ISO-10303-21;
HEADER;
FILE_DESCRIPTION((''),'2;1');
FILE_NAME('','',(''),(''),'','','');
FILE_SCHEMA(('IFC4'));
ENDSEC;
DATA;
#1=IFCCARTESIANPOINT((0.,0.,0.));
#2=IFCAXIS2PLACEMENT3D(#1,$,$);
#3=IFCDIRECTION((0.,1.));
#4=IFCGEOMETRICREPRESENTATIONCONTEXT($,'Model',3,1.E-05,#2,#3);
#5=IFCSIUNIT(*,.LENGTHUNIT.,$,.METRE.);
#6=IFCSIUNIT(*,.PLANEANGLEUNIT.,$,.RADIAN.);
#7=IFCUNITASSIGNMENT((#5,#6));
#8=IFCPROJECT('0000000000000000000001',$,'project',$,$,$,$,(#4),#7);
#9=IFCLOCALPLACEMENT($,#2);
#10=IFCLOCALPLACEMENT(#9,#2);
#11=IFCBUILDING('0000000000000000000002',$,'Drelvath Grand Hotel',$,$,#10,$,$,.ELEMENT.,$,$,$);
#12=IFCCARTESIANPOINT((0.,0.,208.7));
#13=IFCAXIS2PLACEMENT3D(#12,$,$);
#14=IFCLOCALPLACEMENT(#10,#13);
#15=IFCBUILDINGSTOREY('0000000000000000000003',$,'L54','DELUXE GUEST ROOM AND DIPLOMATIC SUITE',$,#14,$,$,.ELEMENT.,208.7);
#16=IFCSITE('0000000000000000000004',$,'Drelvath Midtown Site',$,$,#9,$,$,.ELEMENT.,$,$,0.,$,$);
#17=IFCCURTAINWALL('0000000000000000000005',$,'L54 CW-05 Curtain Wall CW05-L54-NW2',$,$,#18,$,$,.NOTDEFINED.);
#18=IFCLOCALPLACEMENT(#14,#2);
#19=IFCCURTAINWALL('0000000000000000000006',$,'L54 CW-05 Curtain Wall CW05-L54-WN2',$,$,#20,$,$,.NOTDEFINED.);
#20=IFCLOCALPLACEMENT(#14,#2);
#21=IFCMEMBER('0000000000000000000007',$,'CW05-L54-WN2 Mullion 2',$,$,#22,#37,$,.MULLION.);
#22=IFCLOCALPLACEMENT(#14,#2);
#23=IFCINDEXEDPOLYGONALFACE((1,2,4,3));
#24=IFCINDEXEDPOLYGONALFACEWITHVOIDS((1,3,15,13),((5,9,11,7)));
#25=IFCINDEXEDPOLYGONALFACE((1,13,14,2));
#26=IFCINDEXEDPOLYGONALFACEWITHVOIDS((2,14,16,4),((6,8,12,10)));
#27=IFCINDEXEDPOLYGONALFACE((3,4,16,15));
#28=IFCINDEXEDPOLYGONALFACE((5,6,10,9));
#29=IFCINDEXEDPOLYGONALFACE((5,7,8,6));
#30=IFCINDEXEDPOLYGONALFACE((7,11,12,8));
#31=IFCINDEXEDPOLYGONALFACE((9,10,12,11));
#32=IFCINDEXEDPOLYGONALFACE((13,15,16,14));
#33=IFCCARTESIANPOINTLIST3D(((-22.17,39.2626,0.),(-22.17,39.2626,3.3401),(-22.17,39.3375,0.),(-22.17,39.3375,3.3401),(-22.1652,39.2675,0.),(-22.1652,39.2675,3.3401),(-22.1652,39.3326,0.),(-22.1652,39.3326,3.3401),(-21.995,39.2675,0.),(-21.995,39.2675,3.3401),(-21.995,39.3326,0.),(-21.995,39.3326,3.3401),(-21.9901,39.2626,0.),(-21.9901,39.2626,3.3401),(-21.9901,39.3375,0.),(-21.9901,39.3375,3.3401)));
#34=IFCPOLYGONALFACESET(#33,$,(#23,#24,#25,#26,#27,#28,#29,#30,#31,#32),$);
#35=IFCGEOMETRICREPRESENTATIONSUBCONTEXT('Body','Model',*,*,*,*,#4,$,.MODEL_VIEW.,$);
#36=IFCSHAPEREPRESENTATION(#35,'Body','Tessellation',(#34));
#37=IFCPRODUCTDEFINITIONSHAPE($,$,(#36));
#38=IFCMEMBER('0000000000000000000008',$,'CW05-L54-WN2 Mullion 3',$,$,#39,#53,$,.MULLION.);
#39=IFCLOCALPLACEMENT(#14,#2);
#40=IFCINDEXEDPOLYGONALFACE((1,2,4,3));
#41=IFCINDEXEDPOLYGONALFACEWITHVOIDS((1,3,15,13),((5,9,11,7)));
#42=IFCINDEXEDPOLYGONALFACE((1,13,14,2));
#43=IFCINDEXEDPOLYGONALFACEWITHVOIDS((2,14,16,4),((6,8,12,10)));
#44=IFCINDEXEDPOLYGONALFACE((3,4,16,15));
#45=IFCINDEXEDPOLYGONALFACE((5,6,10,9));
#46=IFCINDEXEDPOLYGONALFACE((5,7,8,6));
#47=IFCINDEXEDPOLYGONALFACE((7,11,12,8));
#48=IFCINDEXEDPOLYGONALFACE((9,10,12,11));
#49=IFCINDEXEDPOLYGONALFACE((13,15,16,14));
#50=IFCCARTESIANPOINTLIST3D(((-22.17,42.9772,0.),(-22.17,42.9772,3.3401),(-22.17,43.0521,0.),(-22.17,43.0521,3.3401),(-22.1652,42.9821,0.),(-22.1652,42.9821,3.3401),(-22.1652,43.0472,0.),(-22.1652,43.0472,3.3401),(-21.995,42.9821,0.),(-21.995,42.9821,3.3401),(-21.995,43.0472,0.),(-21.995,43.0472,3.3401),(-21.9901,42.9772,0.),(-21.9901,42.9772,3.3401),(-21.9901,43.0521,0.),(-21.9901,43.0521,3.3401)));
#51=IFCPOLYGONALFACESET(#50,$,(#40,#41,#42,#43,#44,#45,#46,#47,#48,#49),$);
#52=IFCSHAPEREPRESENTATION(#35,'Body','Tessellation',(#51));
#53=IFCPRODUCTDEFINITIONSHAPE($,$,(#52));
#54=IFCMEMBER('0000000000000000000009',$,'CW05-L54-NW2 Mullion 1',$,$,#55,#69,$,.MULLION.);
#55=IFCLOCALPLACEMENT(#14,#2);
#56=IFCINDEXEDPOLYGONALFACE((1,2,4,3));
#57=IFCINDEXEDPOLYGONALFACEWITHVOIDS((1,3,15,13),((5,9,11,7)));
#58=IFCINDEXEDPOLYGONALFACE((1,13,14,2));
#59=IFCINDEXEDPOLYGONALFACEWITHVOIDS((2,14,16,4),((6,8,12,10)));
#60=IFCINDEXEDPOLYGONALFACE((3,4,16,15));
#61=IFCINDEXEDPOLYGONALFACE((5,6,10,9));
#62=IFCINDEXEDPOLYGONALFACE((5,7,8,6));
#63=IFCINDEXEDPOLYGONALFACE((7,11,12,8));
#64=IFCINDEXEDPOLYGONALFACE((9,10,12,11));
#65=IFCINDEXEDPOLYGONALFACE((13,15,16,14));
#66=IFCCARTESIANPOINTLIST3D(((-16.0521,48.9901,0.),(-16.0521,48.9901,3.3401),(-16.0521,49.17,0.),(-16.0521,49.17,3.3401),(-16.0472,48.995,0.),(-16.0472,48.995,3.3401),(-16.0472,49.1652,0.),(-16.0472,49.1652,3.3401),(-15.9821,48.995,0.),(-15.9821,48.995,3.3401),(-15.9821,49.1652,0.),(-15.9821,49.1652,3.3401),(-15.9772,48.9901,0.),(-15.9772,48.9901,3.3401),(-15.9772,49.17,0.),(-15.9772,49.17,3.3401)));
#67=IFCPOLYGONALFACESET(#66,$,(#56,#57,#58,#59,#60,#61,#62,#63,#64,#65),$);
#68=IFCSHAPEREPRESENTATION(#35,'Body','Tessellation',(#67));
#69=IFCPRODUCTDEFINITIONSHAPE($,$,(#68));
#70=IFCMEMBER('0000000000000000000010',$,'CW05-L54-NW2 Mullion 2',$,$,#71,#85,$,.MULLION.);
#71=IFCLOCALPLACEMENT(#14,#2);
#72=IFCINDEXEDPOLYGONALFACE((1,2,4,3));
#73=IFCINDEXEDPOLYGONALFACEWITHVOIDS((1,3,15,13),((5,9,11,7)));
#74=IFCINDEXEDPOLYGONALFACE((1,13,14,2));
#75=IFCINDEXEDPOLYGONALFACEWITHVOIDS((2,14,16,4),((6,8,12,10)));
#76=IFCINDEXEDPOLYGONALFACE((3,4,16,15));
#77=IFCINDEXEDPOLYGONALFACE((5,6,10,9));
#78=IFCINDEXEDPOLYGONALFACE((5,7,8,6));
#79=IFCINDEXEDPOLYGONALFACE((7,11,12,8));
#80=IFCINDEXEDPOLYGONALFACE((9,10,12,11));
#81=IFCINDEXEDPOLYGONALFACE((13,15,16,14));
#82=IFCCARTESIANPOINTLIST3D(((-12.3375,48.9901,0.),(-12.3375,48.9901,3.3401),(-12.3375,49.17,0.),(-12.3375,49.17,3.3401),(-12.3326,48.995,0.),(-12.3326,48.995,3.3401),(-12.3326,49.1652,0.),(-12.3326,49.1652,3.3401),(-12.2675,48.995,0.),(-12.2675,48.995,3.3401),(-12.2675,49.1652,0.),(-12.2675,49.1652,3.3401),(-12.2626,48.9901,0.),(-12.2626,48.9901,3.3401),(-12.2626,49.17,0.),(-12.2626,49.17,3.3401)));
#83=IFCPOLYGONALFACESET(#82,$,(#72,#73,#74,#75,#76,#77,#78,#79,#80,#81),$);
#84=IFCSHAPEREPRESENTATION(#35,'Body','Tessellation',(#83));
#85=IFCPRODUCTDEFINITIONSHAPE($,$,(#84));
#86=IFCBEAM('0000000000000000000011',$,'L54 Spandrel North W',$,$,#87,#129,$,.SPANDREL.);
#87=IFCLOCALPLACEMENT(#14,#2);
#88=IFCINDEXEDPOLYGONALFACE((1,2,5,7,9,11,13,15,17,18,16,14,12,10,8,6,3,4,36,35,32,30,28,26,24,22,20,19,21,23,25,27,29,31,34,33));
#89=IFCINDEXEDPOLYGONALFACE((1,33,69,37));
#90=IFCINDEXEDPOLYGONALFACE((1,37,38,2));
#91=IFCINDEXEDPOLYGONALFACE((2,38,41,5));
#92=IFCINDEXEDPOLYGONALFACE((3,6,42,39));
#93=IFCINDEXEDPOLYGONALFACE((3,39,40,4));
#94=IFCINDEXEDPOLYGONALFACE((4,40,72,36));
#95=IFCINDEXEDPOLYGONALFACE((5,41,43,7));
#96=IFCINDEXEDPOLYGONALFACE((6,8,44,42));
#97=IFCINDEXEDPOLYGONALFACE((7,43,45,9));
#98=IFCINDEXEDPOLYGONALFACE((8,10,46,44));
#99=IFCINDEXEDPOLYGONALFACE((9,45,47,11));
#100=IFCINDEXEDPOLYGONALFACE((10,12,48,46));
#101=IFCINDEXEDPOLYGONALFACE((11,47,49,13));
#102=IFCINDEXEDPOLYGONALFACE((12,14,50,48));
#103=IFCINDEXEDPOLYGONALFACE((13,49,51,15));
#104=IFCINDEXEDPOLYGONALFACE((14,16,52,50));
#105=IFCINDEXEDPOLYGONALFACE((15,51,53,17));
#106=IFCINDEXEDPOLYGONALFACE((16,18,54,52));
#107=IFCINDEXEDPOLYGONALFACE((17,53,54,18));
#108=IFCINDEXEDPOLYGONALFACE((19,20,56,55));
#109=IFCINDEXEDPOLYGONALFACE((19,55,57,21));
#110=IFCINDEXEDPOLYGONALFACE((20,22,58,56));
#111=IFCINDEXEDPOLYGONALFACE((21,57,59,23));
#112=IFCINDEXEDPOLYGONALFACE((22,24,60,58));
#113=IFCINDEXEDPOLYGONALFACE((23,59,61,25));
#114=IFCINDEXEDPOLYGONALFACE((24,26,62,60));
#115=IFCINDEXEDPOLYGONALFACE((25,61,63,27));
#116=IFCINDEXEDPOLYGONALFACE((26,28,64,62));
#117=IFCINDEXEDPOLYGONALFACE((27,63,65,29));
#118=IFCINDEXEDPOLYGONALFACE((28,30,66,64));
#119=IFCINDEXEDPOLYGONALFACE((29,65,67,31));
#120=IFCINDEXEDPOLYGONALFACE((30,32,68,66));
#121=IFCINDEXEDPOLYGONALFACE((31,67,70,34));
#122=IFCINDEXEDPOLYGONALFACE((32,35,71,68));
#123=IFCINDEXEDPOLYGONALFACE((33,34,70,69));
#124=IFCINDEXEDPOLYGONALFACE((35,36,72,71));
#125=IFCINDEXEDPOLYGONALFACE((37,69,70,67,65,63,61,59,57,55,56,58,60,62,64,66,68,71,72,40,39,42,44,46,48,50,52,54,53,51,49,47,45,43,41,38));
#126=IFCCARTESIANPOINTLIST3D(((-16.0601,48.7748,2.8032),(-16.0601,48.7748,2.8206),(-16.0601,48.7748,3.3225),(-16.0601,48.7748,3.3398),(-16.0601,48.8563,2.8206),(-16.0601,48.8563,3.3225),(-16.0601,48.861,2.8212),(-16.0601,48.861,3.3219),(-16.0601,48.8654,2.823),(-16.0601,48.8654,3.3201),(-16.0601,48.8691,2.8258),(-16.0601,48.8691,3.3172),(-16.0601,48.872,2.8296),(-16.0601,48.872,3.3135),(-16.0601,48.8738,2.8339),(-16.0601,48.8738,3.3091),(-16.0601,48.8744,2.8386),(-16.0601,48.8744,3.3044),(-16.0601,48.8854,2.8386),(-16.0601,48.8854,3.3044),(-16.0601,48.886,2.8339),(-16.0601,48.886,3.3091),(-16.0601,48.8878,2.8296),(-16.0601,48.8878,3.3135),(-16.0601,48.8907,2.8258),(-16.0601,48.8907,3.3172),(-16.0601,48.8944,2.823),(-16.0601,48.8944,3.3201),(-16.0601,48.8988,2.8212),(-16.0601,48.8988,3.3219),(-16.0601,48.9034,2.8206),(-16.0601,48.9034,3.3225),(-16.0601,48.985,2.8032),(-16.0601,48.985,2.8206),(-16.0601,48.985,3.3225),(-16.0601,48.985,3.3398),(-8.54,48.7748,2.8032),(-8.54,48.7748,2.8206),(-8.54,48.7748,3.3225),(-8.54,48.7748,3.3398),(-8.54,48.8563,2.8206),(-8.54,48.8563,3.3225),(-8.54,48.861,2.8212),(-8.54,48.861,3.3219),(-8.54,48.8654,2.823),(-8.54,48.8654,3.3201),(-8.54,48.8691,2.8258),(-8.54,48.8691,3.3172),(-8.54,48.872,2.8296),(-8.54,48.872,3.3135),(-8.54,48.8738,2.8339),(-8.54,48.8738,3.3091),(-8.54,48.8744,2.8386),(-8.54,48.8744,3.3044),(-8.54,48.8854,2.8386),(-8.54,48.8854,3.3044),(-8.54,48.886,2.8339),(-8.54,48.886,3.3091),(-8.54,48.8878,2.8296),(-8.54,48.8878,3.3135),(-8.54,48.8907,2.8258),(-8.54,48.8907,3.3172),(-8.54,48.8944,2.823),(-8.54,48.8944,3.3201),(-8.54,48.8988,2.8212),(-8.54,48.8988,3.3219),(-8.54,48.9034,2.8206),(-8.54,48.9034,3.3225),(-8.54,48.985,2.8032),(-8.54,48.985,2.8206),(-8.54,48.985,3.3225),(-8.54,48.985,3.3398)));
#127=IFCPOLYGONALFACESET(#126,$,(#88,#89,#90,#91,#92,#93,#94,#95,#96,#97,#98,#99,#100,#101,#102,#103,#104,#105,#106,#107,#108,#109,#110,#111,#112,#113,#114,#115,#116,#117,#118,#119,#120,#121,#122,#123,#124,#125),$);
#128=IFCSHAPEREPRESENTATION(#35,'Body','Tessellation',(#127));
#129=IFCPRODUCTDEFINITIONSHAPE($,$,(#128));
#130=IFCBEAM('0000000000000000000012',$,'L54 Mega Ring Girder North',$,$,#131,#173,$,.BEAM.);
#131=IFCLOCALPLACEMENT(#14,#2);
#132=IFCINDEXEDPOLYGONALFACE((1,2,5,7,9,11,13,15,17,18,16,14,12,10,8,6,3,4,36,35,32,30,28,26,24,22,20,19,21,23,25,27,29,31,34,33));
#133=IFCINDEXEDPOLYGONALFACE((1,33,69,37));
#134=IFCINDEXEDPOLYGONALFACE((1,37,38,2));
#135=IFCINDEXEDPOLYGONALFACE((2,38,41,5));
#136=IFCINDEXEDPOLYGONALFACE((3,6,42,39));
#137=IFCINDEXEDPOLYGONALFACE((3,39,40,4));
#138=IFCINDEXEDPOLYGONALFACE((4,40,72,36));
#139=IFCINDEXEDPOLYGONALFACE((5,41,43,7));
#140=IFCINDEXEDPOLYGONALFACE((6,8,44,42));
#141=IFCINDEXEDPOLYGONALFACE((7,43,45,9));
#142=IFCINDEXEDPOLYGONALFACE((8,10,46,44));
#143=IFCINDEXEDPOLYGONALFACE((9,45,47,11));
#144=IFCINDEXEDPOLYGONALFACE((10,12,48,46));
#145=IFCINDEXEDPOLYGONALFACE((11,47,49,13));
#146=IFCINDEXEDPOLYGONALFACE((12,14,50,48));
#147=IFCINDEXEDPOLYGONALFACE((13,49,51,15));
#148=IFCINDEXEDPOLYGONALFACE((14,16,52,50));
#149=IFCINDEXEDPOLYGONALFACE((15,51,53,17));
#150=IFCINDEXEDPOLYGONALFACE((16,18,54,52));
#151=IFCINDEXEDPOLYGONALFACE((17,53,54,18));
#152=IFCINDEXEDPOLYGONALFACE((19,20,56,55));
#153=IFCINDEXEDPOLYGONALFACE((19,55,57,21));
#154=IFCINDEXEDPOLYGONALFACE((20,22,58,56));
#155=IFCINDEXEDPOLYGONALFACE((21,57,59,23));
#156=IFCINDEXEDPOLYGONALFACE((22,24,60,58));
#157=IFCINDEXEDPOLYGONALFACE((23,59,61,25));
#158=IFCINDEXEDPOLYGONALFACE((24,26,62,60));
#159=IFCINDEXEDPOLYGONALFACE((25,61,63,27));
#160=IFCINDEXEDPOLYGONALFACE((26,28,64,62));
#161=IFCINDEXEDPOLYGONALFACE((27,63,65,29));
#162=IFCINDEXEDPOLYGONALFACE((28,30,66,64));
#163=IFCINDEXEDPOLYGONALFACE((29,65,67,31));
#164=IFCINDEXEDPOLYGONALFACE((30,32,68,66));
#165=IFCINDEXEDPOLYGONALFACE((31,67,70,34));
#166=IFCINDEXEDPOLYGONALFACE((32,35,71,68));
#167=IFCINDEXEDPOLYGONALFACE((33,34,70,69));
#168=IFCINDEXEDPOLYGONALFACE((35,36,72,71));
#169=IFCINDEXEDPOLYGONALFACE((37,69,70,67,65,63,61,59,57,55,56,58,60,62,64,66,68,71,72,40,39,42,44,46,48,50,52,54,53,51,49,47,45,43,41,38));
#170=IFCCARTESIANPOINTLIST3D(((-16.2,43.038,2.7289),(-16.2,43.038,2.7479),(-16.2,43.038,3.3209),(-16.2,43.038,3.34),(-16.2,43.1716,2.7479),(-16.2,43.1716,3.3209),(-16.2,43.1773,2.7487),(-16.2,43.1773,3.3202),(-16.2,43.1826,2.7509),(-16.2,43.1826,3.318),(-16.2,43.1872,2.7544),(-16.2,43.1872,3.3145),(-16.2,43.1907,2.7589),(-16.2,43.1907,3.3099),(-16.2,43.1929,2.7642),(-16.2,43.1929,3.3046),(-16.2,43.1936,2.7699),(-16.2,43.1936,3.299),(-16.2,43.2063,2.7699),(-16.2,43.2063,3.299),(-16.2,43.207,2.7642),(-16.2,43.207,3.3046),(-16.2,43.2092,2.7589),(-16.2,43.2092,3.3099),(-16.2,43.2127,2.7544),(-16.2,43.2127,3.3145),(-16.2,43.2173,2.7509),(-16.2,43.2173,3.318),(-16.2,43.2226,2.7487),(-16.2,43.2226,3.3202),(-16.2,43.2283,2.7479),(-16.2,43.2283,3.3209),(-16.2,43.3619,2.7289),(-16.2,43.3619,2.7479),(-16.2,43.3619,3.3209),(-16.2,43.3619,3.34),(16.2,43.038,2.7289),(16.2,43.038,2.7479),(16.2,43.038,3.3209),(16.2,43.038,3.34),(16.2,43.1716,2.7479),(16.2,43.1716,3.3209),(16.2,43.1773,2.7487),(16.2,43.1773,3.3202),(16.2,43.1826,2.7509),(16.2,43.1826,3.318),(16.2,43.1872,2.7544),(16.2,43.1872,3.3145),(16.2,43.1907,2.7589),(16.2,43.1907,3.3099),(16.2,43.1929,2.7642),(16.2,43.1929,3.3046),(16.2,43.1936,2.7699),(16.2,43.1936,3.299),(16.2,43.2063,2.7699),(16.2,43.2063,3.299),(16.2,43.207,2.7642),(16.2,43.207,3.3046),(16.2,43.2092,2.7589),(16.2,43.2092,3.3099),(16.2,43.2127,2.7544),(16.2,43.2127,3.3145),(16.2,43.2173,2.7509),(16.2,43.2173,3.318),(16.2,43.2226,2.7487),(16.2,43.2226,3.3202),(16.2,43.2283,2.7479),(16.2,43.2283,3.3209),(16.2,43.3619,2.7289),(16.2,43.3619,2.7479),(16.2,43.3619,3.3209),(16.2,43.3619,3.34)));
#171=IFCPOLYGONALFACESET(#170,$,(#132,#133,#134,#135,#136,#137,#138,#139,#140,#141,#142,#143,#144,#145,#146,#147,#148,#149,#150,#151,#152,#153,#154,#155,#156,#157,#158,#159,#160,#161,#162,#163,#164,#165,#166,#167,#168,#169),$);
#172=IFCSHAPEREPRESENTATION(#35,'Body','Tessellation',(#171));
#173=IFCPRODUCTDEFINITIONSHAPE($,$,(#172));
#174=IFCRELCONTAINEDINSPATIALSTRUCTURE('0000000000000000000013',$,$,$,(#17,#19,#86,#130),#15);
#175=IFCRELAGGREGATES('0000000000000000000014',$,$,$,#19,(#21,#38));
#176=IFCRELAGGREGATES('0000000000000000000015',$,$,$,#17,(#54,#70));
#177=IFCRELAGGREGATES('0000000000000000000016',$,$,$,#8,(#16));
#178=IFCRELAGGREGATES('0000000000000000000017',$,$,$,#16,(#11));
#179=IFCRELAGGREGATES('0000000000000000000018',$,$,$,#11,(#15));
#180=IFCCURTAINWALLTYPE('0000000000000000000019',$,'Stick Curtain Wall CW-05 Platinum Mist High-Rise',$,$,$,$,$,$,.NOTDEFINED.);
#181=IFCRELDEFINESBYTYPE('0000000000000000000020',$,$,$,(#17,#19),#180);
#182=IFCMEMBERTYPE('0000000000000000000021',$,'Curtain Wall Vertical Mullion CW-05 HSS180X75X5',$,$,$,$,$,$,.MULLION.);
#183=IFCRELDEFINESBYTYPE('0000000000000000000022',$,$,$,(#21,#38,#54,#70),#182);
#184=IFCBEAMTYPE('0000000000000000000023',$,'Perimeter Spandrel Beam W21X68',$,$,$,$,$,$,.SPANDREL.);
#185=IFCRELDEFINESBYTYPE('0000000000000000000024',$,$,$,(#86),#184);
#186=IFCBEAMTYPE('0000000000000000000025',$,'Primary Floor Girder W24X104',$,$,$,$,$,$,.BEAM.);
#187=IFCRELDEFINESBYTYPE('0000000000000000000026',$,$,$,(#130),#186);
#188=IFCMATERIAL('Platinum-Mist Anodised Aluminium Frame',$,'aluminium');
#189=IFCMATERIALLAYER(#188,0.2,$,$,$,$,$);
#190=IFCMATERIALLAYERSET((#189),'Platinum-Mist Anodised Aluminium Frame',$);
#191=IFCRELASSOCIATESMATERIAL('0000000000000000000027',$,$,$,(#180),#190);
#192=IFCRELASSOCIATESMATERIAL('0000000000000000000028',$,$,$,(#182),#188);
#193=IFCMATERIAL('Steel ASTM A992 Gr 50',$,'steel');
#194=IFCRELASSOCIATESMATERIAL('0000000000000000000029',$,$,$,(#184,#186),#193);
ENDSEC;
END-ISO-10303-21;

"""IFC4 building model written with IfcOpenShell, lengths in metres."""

from ifc_helpers import new_model, si_unit, direction, frame, origin, origin_2d, place, context, subcontext, project, spatial, hollow_rectangle, i_section, extrude, material, layer, layer_set, material_profile, profile_set, type_object, element, aggregate, save


model = new_model("IFC4")

# Units and contexts
model_context = context("Model", 3, precision=1e-05, world=origin(), true_north=direction((0.0, 1.0)))
body_context = subcontext(model_context, "Body", "Model", "MODEL_VIEW")
ifc_project = project(units=[si_unit("LENGTHUNIT", "METRE"), si_unit("PLANEANGLEUNIT", "RADIAN")], contexts=[model_context])

# Site, building, storey
site_placement = place(None, origin())
site = spatial("IfcSite", under=ifc_project, at=site_placement, Name="Drelvath Midtown Site", CompositionType="ELEMENT", RefElevation=0.0)
building_placement = place(site_placement, origin())
building = spatial("IfcBuilding", under=site, at=building_placement, Name="Drelvath Grand Hotel", CompositionType="ELEMENT")
storey_placement = place(building_placement, frame((0.0, 0.0, 208.7)))
storey = spatial("IfcBuildingStorey", under=building, at=storey_placement, Name="L54", Description="DELUXE GUEST ROOM AND DIPLOMATIC SUITE", CompositionType="ELEMENT", Elevation=208.7)

# Shared definitions
ifc_material_1 = material(Name="Steel ASTM A992 Gr 50", Category="steel")

# Curtain wall
ifc_material_2 = material(Name="Platinum-Mist Anodised Aluminium Frame", Category="aluminium")
ifc_layer_1 = layer(ifc_material_2, 0.2)
ifc_layer_set_1 = layer_set([ifc_layer_1], Name="Platinum-Mist Anodised Aluminium Frame")
curtain_wall_type = type_object("IfcCurtainWallType", Name="Stick Curtain Wall CW-05 Platinum Mist High-Rise", PredefinedType="NOTDEFINED", material=ifc_layer_set_1)
curtain_wall_1_placement = place(storey_placement, origin())
curtain_wall_1 = element("IfcCurtainWall", 1, at=curtain_wall_1_placement, inside=storey, type_object=curtain_wall_type, Name="L54 CW-05 Curtain Wall CW05-L54-NW2", PredefinedType="NOTDEFINED")

# Curtain wall, members
curtain_wall_2_placement = place(storey_placement, origin())
curtain_wall_2 = element("IfcCurtainWall", 2, at=curtain_wall_2_placement, inside=storey, type_object=curtain_wall_type, Name="L54 CW-05 Curtain Wall CW05-L54-WN2", PredefinedType="NOTDEFINED")
ifc_material_profile_1 = material_profile(ifc_material_2, hollow_rectangle(XDim=0.075, YDim=0.1799, WallThickness=0.0049, at=origin_2d()), Name="HSS180X75X5")
ifc_profile_set_1 = profile_set([ifc_material_profile_1], Name="Platinum-Mist Anodised Aluminium Frame")
member_type_1 = type_object("IfcMemberType", Name="Curtain Wall Vertical Mullion CW-05 HSS180X75X5", PredefinedType="MULLION", material=ifc_profile_set_1)
member_1_placement = place(storey_placement, frame((-22.0801, 39.3, 0.0), z_axis=(0.0, 0.0, 1.0), x_axis=(0.0, 1.0, 0.0)))
member_1 = element("IfcMember", 3, at=member_1_placement, type_object=member_type_1, Name="CW05-L54-WN2 Mullion 2", PredefinedType="MULLION", context=body_context, shape_type="SweptSolid", body=[
    extrude(hollow_rectangle(XDim=0.075, YDim=0.1799, WallThickness=0.0049, at=origin_2d()), origin(), (0.0, 0.0, 1.0), 3.3401),
])
member_2_placement = place(storey_placement, frame((-22.0801, 43.0146, 0.0), z_axis=(0.0, 0.0, 1.0), x_axis=(0.0, 1.0, 0.0)))
member_2 = element("IfcMember", 4, at=member_2_placement, type_object=member_type_1, Name="CW05-L54-WN2 Mullion 3", PredefinedType="MULLION", context=body_context, shape_type="SweptSolid", body=[
    extrude(hollow_rectangle(XDim=0.075, YDim=0.1799, WallThickness=0.0049, at=origin_2d()), origin(), (0.0, 0.0, 1.0), 3.3401),
])

# Members
member_3_placement = place(storey_placement, frame((-16.0146, 49.0801, 0.0), z_axis=(0.0, 0.0, 1.0), x_axis=(1.0, 0.0, 0.0)))
member_3 = element("IfcMember", 5, at=member_3_placement, type_object=member_type_1, Name="CW05-L54-NW2 Mullion 1", PredefinedType="MULLION", context=body_context, shape_type="SweptSolid", body=[
    extrude(hollow_rectangle(XDim=0.075, YDim=0.1799, WallThickness=0.0049, at=origin_2d()), origin(), (0.0, 0.0, 1.0), 3.3401),
])
member_4_placement = place(storey_placement, frame((-12.3, 49.0801, 0.0), z_axis=(0.0, 0.0, 1.0), x_axis=(1.0, 0.0, 0.0)))
member_4 = element("IfcMember", 6, at=member_4_placement, type_object=member_type_1, Name="CW05-L54-NW2 Mullion 2", PredefinedType="MULLION", context=body_context, shape_type="SweptSolid", body=[
    extrude(hollow_rectangle(XDim=0.075, YDim=0.1799, WallThickness=0.0049, at=origin_2d()), origin(), (0.0, 0.0, 1.0), 3.3401),
])

# Beams
ifc_material_profile_2 = material_profile(ifc_material_1, i_section(OverallWidth=0.2102, OverallDepth=0.5366, WebThickness=0.011, FlangeThickness=0.0173, FilletRadius=0.0181, at=origin_2d()), Name="W21X68")
ifc_profile_set_2 = profile_set([ifc_material_profile_2], Name="Steel ASTM A992 Gr 50")
beam_type_1 = type_object("IfcBeamType", Name="Perimeter Spandrel Beam W21X68", PredefinedType="SPANDREL", material=ifc_profile_set_2)
beam_1_placement = place(storey_placement, frame((-16.0601, 48.8799, 3.0715), z_axis=(1.0, 0.0, 0.0), x_axis=(0.0, 1.0, 0.0)))
element("IfcBeam", 7, at=beam_1_placement, inside=storey, type_object=beam_type_1, Name="L54 Spandrel North W", PredefinedType="SPANDREL", context=body_context, shape_type="SweptSolid", body=[
    extrude(i_section(OverallWidth=0.2102, OverallDepth=0.5366, WebThickness=0.011, FlangeThickness=0.0173, FilletRadius=0.0181, at=origin_2d()), origin(), (0.0, 0.0, 1.0), 7.52),
])
ifc_material_profile_3 = material_profile(ifc_material_1, i_section(OverallWidth=0.324, OverallDepth=0.6111, WebThickness=0.0127, FlangeThickness=0.019, FilletRadius=0.022, at=origin_2d()), Name="W24X104")
ifc_profile_set_3 = profile_set([ifc_material_profile_3], Name="Steel ASTM A992 Gr 50")
beam_type_2 = type_object("IfcBeamType", Name="Primary Floor Girder W24X104", PredefinedType="BEAM", material=ifc_profile_set_3)
beam_2_placement = place(storey_placement, frame((-16.2, 43.2, 3.0344), z_axis=(1.0, 0.0, 0.0), x_axis=(0.0, 1.0, 0.0)))
element("IfcBeam", 8, at=beam_2_placement, inside=storey, type_object=beam_type_2, Name="L54 Mega Ring Girder North", PredefinedType="BEAM", context=body_context, shape_type="SweptSolid", body=[
    extrude(i_section(OverallWidth=0.324, OverallDepth=0.6111, WebThickness=0.0127, FlangeThickness=0.019, FilletRadius=0.022, at=origin_2d()), origin(), (0.0, 0.0, 1.0), 32.3999),
])

aggregate(curtain_wall_2, [member_1, member_2])
aggregate(curtain_wall_1, [member_3, member_4])

save(model, "model.ifc")
